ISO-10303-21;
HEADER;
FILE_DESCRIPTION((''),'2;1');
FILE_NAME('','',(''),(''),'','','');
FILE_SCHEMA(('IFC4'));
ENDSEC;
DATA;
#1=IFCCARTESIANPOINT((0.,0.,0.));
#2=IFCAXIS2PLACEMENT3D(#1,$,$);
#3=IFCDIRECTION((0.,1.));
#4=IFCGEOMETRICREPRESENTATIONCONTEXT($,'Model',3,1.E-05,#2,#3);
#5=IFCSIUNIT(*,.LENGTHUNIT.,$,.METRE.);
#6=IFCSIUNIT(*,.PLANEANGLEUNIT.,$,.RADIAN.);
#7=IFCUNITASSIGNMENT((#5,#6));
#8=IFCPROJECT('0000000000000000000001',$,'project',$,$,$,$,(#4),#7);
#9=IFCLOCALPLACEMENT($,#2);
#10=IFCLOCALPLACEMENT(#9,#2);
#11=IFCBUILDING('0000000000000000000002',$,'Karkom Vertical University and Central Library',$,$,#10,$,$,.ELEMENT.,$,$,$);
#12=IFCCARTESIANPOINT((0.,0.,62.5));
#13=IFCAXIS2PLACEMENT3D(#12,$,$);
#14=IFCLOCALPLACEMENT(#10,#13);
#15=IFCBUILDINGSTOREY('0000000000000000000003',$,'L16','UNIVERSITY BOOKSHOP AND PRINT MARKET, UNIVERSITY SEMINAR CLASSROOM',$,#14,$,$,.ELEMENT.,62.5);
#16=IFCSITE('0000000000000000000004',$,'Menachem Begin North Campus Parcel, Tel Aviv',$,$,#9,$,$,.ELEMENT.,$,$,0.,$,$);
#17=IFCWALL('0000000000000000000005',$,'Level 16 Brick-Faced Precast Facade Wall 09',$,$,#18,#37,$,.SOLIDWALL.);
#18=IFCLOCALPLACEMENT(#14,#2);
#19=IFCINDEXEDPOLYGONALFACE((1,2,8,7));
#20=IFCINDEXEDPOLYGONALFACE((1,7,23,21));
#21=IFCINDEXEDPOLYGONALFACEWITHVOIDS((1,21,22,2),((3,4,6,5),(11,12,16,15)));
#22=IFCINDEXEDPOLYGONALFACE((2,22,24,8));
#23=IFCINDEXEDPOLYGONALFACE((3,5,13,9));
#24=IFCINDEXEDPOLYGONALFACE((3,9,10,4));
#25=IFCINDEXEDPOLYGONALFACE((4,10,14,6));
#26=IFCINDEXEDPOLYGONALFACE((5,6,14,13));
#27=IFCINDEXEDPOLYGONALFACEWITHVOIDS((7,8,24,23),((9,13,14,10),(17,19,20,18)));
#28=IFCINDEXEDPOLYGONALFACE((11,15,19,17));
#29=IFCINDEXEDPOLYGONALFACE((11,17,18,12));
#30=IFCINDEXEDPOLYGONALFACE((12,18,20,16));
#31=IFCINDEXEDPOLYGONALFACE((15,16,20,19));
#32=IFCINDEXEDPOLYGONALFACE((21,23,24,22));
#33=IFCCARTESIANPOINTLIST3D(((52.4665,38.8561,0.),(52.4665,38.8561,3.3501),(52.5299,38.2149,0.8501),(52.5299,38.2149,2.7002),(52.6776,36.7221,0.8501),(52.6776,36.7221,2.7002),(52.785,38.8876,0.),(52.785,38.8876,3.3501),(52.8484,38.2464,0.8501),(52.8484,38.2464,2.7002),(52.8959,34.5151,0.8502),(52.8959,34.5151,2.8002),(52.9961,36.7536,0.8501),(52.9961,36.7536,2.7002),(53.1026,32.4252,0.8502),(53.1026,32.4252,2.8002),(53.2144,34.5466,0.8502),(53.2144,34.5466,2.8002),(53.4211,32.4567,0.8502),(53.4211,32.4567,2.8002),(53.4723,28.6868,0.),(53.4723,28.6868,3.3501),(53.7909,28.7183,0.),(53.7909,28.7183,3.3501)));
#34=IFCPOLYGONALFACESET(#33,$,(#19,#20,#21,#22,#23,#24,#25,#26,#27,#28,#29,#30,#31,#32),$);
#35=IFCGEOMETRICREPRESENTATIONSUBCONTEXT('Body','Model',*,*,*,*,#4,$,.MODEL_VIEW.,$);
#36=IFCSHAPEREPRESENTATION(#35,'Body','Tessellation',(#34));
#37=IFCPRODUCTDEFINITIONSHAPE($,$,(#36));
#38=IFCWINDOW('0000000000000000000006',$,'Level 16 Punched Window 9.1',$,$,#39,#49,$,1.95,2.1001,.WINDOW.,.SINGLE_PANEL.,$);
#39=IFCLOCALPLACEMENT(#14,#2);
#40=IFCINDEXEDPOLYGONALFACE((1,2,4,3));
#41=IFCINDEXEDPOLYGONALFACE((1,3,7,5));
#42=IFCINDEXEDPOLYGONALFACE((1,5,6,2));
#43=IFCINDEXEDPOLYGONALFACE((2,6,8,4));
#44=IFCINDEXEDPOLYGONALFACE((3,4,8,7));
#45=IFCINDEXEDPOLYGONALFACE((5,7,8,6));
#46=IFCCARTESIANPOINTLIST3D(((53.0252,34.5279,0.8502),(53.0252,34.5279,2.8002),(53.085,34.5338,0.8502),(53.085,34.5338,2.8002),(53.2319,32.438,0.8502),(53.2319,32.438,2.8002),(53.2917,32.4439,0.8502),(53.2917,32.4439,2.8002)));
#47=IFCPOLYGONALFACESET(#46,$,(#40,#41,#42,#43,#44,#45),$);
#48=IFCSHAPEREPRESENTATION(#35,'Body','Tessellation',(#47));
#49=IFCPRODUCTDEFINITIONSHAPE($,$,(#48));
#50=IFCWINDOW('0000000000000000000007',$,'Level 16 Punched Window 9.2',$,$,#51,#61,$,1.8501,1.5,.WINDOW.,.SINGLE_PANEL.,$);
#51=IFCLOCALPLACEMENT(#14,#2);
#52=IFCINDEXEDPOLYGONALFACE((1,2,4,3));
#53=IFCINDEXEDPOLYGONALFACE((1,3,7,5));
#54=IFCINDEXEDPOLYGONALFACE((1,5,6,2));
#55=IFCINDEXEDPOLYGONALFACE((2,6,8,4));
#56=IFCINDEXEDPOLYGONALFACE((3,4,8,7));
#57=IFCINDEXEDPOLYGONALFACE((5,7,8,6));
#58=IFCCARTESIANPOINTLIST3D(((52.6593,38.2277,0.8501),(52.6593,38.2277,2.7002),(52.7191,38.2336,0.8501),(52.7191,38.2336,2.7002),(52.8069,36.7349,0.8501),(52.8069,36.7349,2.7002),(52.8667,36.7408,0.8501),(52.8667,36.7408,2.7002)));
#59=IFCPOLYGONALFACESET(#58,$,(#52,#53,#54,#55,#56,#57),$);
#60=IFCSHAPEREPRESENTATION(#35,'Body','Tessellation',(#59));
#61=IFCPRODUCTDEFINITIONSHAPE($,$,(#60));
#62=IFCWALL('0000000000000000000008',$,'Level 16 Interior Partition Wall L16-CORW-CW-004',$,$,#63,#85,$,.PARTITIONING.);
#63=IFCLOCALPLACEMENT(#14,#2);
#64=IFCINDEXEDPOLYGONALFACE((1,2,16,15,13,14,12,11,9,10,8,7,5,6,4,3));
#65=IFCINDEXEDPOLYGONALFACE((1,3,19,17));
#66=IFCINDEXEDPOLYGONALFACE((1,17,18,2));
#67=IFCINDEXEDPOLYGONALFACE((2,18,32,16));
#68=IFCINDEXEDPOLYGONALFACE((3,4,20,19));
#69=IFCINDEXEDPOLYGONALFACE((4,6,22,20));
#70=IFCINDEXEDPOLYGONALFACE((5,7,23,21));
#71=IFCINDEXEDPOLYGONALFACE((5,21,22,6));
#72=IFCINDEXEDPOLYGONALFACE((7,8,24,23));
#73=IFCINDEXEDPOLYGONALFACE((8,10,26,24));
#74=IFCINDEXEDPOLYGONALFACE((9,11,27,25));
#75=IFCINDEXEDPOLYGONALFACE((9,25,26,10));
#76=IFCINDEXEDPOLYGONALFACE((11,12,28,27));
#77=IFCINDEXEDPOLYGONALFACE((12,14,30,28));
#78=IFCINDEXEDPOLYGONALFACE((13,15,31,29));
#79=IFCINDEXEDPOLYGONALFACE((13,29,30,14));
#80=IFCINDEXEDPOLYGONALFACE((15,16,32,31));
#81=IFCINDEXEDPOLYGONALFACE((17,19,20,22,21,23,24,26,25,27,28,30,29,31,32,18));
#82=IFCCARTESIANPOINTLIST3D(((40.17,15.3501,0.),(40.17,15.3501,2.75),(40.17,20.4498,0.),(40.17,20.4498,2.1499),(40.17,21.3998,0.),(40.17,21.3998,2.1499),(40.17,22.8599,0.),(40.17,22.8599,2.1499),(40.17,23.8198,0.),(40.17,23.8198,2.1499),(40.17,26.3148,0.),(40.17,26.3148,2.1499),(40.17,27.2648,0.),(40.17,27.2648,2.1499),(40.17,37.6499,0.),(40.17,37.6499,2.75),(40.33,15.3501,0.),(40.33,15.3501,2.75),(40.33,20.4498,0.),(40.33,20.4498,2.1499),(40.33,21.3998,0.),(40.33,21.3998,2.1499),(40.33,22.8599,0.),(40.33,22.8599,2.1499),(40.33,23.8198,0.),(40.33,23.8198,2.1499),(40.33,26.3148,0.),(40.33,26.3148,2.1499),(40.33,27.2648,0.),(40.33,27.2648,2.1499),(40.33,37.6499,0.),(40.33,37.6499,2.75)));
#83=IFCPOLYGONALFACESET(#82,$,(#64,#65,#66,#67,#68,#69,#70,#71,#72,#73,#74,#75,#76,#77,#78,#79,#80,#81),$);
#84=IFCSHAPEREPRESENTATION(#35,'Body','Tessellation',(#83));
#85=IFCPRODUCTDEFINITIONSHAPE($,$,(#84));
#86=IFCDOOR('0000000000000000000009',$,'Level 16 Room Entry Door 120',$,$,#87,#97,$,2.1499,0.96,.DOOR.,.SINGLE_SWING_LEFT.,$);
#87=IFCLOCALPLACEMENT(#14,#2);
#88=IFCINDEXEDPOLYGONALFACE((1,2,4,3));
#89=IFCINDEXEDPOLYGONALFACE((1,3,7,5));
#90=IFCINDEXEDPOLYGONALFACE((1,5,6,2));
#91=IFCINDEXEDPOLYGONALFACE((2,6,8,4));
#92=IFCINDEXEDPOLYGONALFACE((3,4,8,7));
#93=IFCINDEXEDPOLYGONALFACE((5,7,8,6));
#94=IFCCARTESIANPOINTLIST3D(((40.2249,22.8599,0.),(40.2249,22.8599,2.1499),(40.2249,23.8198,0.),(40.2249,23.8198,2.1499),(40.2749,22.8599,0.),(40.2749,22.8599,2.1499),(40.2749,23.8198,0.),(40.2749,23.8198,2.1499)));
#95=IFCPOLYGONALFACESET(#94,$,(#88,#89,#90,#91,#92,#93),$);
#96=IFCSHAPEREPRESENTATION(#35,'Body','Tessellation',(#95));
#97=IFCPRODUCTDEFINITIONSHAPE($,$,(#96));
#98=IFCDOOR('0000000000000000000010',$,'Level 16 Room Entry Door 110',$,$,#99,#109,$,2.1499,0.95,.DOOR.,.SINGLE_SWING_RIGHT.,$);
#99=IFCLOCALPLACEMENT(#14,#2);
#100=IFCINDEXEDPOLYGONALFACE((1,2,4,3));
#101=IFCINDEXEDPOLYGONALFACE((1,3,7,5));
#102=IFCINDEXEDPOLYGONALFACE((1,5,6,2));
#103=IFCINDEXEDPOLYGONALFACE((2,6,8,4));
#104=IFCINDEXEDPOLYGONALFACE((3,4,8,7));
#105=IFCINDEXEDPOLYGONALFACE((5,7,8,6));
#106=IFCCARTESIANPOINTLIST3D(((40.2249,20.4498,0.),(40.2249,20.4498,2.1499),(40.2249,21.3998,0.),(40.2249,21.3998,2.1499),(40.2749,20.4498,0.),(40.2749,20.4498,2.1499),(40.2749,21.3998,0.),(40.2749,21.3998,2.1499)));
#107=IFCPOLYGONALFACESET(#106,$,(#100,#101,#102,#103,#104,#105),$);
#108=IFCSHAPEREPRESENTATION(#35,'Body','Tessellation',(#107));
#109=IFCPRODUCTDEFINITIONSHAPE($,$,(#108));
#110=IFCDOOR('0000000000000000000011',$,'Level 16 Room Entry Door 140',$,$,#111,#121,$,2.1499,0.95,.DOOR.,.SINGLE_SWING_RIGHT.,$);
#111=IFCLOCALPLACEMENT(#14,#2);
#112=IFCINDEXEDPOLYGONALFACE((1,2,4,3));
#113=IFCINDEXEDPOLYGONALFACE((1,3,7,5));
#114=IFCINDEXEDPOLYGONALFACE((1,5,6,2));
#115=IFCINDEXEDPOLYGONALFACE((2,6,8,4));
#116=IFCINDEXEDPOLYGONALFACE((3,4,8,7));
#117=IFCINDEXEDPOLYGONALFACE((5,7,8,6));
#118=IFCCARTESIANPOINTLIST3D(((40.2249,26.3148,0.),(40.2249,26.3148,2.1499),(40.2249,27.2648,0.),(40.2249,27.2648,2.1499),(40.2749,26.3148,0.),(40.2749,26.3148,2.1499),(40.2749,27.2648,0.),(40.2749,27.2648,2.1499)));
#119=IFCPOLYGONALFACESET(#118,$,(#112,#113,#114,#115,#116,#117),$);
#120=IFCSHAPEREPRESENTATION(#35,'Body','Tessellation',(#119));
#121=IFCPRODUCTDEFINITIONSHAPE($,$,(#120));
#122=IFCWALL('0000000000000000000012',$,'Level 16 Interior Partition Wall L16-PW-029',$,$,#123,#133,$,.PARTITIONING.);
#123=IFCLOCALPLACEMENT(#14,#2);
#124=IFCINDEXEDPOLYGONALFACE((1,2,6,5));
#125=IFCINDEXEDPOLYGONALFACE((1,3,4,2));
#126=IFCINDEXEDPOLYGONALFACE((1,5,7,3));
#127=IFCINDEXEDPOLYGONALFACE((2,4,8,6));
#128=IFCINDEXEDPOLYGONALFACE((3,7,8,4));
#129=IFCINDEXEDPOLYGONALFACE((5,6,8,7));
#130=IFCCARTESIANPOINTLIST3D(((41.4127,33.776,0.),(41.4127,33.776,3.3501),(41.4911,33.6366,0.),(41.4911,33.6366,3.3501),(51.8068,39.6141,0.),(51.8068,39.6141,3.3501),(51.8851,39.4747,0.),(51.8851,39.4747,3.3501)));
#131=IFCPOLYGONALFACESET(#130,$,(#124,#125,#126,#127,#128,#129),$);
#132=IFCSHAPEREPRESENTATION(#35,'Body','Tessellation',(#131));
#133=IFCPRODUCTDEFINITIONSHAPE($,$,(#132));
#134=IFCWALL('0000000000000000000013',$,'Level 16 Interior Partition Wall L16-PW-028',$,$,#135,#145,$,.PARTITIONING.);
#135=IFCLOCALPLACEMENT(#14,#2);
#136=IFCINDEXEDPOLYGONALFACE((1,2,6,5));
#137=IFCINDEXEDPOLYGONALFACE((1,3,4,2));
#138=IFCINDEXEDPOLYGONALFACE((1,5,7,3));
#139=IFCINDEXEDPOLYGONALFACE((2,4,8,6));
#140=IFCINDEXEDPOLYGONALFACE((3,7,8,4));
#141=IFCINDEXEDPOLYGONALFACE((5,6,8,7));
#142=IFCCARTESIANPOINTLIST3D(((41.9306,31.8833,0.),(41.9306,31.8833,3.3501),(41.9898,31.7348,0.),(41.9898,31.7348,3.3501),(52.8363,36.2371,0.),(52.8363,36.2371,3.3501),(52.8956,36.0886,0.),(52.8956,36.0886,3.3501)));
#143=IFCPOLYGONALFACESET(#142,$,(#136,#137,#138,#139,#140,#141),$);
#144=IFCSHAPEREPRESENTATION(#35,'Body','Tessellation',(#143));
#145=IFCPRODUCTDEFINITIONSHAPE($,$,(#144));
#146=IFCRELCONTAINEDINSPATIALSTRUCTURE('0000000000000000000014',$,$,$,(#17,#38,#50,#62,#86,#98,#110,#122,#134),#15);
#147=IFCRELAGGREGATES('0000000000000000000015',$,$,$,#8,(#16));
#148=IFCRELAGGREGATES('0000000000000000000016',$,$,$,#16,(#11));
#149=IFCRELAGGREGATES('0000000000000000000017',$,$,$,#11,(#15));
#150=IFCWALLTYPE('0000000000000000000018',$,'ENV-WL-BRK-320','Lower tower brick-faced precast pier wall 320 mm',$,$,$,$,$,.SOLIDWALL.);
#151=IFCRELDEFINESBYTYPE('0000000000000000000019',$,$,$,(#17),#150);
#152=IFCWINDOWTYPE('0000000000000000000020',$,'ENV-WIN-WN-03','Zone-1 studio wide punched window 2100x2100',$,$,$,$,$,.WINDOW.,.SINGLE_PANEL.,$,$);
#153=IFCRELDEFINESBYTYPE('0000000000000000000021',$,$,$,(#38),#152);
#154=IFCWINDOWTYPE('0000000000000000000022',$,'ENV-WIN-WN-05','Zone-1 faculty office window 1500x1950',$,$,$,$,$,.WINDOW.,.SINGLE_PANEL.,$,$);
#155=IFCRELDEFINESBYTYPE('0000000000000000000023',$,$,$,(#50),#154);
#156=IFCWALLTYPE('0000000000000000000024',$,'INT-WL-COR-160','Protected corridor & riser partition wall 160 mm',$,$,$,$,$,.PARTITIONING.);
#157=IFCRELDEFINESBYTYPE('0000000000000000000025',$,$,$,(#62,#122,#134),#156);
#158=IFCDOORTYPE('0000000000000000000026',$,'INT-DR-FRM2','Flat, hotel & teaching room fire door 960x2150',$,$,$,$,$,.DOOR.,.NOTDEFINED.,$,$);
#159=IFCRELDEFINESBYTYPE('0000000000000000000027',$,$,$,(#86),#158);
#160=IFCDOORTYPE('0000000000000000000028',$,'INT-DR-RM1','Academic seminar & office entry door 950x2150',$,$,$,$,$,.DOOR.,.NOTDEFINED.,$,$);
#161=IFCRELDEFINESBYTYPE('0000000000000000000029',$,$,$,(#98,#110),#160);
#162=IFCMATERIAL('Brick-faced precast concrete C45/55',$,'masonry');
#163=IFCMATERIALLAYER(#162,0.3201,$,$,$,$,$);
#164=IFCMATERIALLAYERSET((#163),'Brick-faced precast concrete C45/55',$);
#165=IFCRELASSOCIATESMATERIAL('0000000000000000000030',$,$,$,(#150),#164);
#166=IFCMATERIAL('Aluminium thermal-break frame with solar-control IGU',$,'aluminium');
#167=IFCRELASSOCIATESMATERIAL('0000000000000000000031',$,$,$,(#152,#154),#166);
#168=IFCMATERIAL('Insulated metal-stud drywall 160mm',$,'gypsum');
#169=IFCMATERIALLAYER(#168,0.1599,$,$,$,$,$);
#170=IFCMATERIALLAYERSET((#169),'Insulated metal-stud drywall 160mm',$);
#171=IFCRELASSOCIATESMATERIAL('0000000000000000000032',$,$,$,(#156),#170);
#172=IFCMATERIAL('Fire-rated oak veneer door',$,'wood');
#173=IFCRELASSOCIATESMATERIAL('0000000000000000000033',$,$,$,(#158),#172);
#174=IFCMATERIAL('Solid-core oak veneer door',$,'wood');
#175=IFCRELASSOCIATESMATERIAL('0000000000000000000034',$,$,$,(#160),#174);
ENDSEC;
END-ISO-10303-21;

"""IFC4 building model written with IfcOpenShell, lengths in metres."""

from ifc_helpers import new_model, si_unit, direction, frame, frame_2d, origin, origin_with_axes, place, context, subcontext, project, spatial, rectangle, extrude, source, transform, mapped, material, layer, layer_set, type_object, element, fill, save


model = new_model("IFC4")

# Units and contexts
model_context = context("Model", 3, precision=1e-05, world=origin(), true_north=direction((0.0, 1.0)))
body_context = subcontext(model_context, "Body", "Model", "MODEL_VIEW")
ifc_project = project(units=[si_unit("LENGTHUNIT", "METRE"), si_unit("PLANEANGLEUNIT", "RADIAN")], contexts=[model_context])

# Site, building, storey
site_placement = place(None, origin())
site = spatial("IfcSite", under=ifc_project, at=site_placement, Name="Menachem Begin North Campus Parcel, Tel Aviv", CompositionType="ELEMENT", RefElevation=0.0)
building_placement = place(site_placement, origin())
building = spatial("IfcBuilding", under=site, at=building_placement, Name="Karkom Vertical University and Central Library", CompositionType="ELEMENT")
storey_placement = place(building_placement, frame((0.0, 0.0, 62.5)))
storey = spatial("IfcBuildingStorey", under=building, at=storey_placement, Name="L16", Description="UNIVERSITY BOOKSHOP AND PRINT MARKET, UNIVERSITY SEMINAR CLASSROOM", CompositionType="ELEMENT", Elevation=62.5)

# Wall, openings, windows
ifc_material_1 = material(Name="Brick-faced precast concrete C45/55", Category="masonry")
ifc_layer_1 = layer(ifc_material_1, 0.3201)
ifc_layer_set_1 = layer_set([ifc_layer_1], Name="Brick-faced precast concrete C45/55")
wall_type_1 = type_object("IfcWallType", Name="ENV-WL-BRK-320", Description="Lower tower brick-faced precast pier wall 320 mm", PredefinedType="SOLIDWALL", material=ifc_layer_set_1)
wall_1_placement = place(storey_placement, frame((53.6316, 28.7026, 0.0), z_axis=(0.0, 0.0, 1.0), x_axis=(-0.09843, 0.995144, 0.0)))
wall_1 = element("IfcWall", 1, at=wall_1_placement, inside=storey, type_object=wall_type_1, Name="Level 16 Brick-Faced Precast Facade Wall 09", PredefinedType="SOLIDWALL", context=body_context, shape_type="SweptSolid", body=[
    extrude(rectangle(XDim=10.219, YDim=0.3201, at=frame_2d((5.1094, 0.0))), origin(), (0.0, 0.0, 1.0), 3.3501),
])
opening_1_placement = place(wall_1_placement, frame((3.7566, 0.0, 0.8501)))
opening_1 = element("IfcOpeningElement", 2, at=opening_1_placement, cuts=wall_1, PredefinedType="OPENING", context=body_context, shape_type="SweptSolid", body=[
    extrude(rectangle(XDim=2.1001, YDim=1.95, at=frame_2d((1.05, 0.9751))), frame((0.0, 0.1699, 0.0), z_axis=(0.0, -1.0, 0.0), x_axis=(1.0, 0.0, 0.0)), (0.0, 0.0, 1.0), 0.3401),
])
opening_2_placement = place(wall_1_placement, frame((8.0745, 0.0, 0.8501)))
opening_2 = element("IfcOpeningElement", 3, at=opening_2_placement, cuts=wall_1, PredefinedType="OPENING", context=body_context, shape_type="SweptSolid", body=[
    extrude(rectangle(XDim=1.5, YDim=1.8501, at=frame_2d((0.75, 0.925))), frame((0.0, 0.1699, 0.0), z_axis=(0.0, -1.0, 0.0), x_axis=(1.0, 0.0, 0.0)), (0.0, 0.0, 1.0), 0.3401),
])
ifc_material_2 = material(Name="Aluminium thermal-break frame with solar-control IGU", Category="aluminium")
window_type_1 = type_object("IfcWindowType", Name="ENV-WIN-WN-03", Description="Zone-1 studio wide punched window 2100x2100", PartitioningType="SINGLE_PANEL", PredefinedType="WINDOW", material=ifc_material_2)
shared_shape_1 = source(origin_with_axes(), body_context, "Body", "SweptSolid", [
    extrude(rectangle(XDim=2.1001, YDim=1.95, at=frame_2d((1.05, 0.9751))), frame((0.0, 0.03, 0.0), z_axis=(0.0, -1.0, 0.0), x_axis=(1.0, 0.0, 0.0)), (0.0, 0.0, 1.0), 0.0601),
])
window_1_placement = place(opening_1_placement, origin())
window_1 = element("IfcWindow", 4, at=window_1_placement, inside=storey, type_object=window_type_1, Name="Level 16 Punched Window 9.1", OverallHeight=1.95, OverallWidth=2.1001, PartitioningType="SINGLE_PANEL", PredefinedType="WINDOW", context=body_context, shape_type="MappedRepresentation", body=[
    mapped(shared_shape_1, transform((0.0, 0.0, 0.0), scale=1.0)),
])
fill(opening_1, window_1)
window_type_2 = type_object("IfcWindowType", Name="ENV-WIN-WN-05", Description="Zone-1 faculty office window 1500x1950", PartitioningType="SINGLE_PANEL", PredefinedType="WINDOW", material=ifc_material_2)
shared_shape_2 = source(origin_with_axes(), body_context, "Body", "SweptSolid", [
    extrude(rectangle(XDim=1.5, YDim=1.8501, at=frame_2d((0.75, 0.925))), frame((0.0, 0.03, 0.0), z_axis=(0.0, -1.0, 0.0), x_axis=(1.0, 0.0, 0.0)), (0.0, 0.0, 1.0), 0.0601),
])
window_2_placement = place(opening_2_placement, origin())
window_2 = element("IfcWindow", 5, at=window_2_placement, inside=storey, type_object=window_type_2, Name="Level 16 Punched Window 9.2", OverallHeight=1.8501, OverallWidth=1.5, PartitioningType="SINGLE_PANEL", PredefinedType="WINDOW", context=body_context, shape_type="MappedRepresentation", body=[
    mapped(shared_shape_2, transform((0.0, 0.0, 0.0), scale=1.0)),
])
fill(opening_2, window_2)

# Wall, openings, doors
ifc_material_3 = material(Name="Insulated metal-stud drywall 160mm", Category="gypsum")
ifc_layer_2 = layer(ifc_material_3, 0.1599)
ifc_layer_set_2 = layer_set([ifc_layer_2], Name="Insulated metal-stud drywall 160mm")
wall_type_2 = type_object("IfcWallType", Name="INT-WL-COR-160", Description="Protected corridor & riser partition wall 160 mm", PredefinedType="PARTITIONING", material=ifc_layer_set_2)
wall_2_placement = place(storey_placement, frame((40.25, 37.6499, 0.0), z_axis=(0.0, 0.0, 1.0), x_axis=(0.0, -1.0, 0.0)))
wall_2 = element("IfcWall", 6, at=wall_2_placement, inside=storey, type_object=wall_type_2, Name="Level 16 Interior Partition Wall L16-CORW-CW-004", PredefinedType="PARTITIONING", context=body_context, shape_type="SweptSolid", body=[
    extrude(rectangle(XDim=22.2998, YDim=0.1599, at=frame_2d((11.1499, 0.0))), origin(), (0.0, 0.0, 1.0), 2.75),
])
opening_3_placement = place(wall_2_placement, frame((16.25, 0.0, 0.0)))
opening_3 = element("IfcOpeningElement", 7, at=opening_3_placement, cuts=wall_2, PredefinedType="OPENING", context=body_context, shape_type="SweptSolid", body=[
    extrude(rectangle(XDim=0.95, YDim=2.1499, at=frame_2d((0.4751, 1.075))), frame((0.0, 0.0898, 0.0), z_axis=(0.0, -1.0, 0.0), x_axis=(1.0, 0.0, 0.0)), (0.0, 0.0, 1.0), 0.1799),
])
opening_4_placement = place(wall_2_placement, frame((13.8301, 0.0, 0.0)))
opening_4 = element("IfcOpeningElement", 8, at=opening_4_placement, cuts=wall_2, PredefinedType="OPENING", context=body_context, shape_type="SweptSolid", body=[
    extrude(rectangle(XDim=0.96, YDim=2.1499, at=frame_2d((0.48, 1.075))), frame((0.0, 0.0898, 0.0), z_axis=(0.0, -1.0, 0.0), x_axis=(1.0, 0.0, 0.0)), (0.0, 0.0, 1.0), 0.1799),
])
opening_5_placement = place(wall_2_placement, frame((10.385, 0.0, 0.0)))
opening_5 = element("IfcOpeningElement", 9, at=opening_5_placement, cuts=wall_2, PredefinedType="OPENING", context=body_context, shape_type="SweptSolid", body=[
    extrude(rectangle(XDim=0.95, YDim=2.1499, at=frame_2d((0.4751, 1.075))), frame((0.0, 0.0898, 0.0), z_axis=(0.0, -1.0, 0.0), x_axis=(1.0, 0.0, 0.0)), (0.0, 0.0, 1.0), 0.1799),
])
ifc_material_4 = material(Name="Fire-rated oak veneer door", Category="wood")
door_type_1 = type_object("IfcDoorType", Name="INT-DR-FRM2", Description="Flat, hotel & teaching room fire door 960x2150", OperationType="NOTDEFINED", PredefinedType="DOOR", material=ifc_material_4)
shared_shape_3 = source(origin_with_axes(), body_context, "Body", "SweptSolid", [
    extrude(rectangle(XDim=0.96, YDim=2.1499, at=frame_2d((0.48, 1.075))), frame((0.0, 0.0249, 0.0), z_axis=(0.0, -1.0, 0.0), x_axis=(1.0, 0.0, 0.0)), (0.0, 0.0, 1.0), 0.05),
])
door_1_placement = place(opening_4_placement, origin())
door_1 = element("IfcDoor", 10, at=door_1_placement, inside=storey, type_object=door_type_1, Name="Level 16 Room Entry Door 120", OperationType="SINGLE_SWING_LEFT", OverallHeight=2.1499, OverallWidth=0.96, PredefinedType="DOOR", context=body_context, shape_type="MappedRepresentation", body=[
    mapped(shared_shape_3, transform((0.0, 0.0, 0.0), scale=1.0)),
])
fill(opening_4, door_1)
ifc_material_5 = material(Name="Solid-core oak veneer door", Category="wood")
door_type_2 = type_object("IfcDoorType", Name="INT-DR-RM1", Description="Academic seminar & office entry door 950x2150", OperationType="NOTDEFINED", PredefinedType="DOOR", material=ifc_material_5)
shared_shape_4 = source(origin_with_axes(), body_context, "Body", "SweptSolid", [
    extrude(rectangle(XDim=0.95, YDim=2.1499, at=frame_2d((0.4751, 1.075))), frame((0.0, 0.0249, 0.0), z_axis=(0.0, -1.0, 0.0), x_axis=(1.0, 0.0, 0.0)), (0.0, 0.0, 1.0), 0.05),
])
door_2_placement = place(opening_3_placement, origin())
door_2 = element("IfcDoor", 11, at=door_2_placement, inside=storey, type_object=door_type_2, Name="Level 16 Room Entry Door 110", OperationType="SINGLE_SWING_RIGHT", OverallHeight=2.1499, OverallWidth=0.95, PredefinedType="DOOR", context=body_context, shape_type="MappedRepresentation", body=[
    mapped(shared_shape_4, transform((0.0, 0.0, 0.0), scale=1.0)),
])
fill(opening_3, door_2)
door_3_placement = place(opening_5_placement, origin())
door_3 = element("IfcDoor", 12, at=door_3_placement, inside=storey, type_object=door_type_2, Name="Level 16 Room Entry Door 140", OperationType="SINGLE_SWING_RIGHT", OverallHeight=2.1499, OverallWidth=0.95, PredefinedType="DOOR", context=body_context, shape_type="MappedRepresentation", body=[
    mapped(shared_shape_4, transform((0.0, 0.0, 0.0), scale=1.0)),
])
fill(opening_5, door_3)

# Walls
wall_3_placement = place(storey_placement, frame((41.4519, 33.7063, 0.0), z_axis=(0.0, 0.0, 1.0), x_axis=(0.871881, 0.489719, 0.0)))
element("IfcWall", 13, at=wall_3_placement, inside=storey, type_object=wall_type_2, Name="Level 16 Interior Partition Wall L16-PW-029", PredefinedType="PARTITIONING", context=body_context, shape_type="SweptSolid", body=[
    extrude(rectangle(XDim=11.9214, YDim=0.1599, at=frame_2d((5.9607, 0.0))), origin(), (0.0, 0.0, 1.0), 3.3501),
])
wall_4_placement = place(storey_placement, frame((41.9602, 31.8091, 0.0), z_axis=(0.0, 0.0, 1.0), x_axis=(0.928727, 0.370763, 0.0)))
element("IfcWall", 14, at=wall_4_placement, inside=storey, type_object=wall_type_2, Name="Level 16 Interior Partition Wall L16-PW-028", PredefinedType="PARTITIONING", context=body_context, shape_type="SweptSolid", body=[
    extrude(rectangle(XDim=11.7427, YDim=0.1599, at=frame_2d((5.8713, 0.0))), origin(), (0.0, 0.0, 1.0), 3.3501),
])

save(model, "model.ifc")
